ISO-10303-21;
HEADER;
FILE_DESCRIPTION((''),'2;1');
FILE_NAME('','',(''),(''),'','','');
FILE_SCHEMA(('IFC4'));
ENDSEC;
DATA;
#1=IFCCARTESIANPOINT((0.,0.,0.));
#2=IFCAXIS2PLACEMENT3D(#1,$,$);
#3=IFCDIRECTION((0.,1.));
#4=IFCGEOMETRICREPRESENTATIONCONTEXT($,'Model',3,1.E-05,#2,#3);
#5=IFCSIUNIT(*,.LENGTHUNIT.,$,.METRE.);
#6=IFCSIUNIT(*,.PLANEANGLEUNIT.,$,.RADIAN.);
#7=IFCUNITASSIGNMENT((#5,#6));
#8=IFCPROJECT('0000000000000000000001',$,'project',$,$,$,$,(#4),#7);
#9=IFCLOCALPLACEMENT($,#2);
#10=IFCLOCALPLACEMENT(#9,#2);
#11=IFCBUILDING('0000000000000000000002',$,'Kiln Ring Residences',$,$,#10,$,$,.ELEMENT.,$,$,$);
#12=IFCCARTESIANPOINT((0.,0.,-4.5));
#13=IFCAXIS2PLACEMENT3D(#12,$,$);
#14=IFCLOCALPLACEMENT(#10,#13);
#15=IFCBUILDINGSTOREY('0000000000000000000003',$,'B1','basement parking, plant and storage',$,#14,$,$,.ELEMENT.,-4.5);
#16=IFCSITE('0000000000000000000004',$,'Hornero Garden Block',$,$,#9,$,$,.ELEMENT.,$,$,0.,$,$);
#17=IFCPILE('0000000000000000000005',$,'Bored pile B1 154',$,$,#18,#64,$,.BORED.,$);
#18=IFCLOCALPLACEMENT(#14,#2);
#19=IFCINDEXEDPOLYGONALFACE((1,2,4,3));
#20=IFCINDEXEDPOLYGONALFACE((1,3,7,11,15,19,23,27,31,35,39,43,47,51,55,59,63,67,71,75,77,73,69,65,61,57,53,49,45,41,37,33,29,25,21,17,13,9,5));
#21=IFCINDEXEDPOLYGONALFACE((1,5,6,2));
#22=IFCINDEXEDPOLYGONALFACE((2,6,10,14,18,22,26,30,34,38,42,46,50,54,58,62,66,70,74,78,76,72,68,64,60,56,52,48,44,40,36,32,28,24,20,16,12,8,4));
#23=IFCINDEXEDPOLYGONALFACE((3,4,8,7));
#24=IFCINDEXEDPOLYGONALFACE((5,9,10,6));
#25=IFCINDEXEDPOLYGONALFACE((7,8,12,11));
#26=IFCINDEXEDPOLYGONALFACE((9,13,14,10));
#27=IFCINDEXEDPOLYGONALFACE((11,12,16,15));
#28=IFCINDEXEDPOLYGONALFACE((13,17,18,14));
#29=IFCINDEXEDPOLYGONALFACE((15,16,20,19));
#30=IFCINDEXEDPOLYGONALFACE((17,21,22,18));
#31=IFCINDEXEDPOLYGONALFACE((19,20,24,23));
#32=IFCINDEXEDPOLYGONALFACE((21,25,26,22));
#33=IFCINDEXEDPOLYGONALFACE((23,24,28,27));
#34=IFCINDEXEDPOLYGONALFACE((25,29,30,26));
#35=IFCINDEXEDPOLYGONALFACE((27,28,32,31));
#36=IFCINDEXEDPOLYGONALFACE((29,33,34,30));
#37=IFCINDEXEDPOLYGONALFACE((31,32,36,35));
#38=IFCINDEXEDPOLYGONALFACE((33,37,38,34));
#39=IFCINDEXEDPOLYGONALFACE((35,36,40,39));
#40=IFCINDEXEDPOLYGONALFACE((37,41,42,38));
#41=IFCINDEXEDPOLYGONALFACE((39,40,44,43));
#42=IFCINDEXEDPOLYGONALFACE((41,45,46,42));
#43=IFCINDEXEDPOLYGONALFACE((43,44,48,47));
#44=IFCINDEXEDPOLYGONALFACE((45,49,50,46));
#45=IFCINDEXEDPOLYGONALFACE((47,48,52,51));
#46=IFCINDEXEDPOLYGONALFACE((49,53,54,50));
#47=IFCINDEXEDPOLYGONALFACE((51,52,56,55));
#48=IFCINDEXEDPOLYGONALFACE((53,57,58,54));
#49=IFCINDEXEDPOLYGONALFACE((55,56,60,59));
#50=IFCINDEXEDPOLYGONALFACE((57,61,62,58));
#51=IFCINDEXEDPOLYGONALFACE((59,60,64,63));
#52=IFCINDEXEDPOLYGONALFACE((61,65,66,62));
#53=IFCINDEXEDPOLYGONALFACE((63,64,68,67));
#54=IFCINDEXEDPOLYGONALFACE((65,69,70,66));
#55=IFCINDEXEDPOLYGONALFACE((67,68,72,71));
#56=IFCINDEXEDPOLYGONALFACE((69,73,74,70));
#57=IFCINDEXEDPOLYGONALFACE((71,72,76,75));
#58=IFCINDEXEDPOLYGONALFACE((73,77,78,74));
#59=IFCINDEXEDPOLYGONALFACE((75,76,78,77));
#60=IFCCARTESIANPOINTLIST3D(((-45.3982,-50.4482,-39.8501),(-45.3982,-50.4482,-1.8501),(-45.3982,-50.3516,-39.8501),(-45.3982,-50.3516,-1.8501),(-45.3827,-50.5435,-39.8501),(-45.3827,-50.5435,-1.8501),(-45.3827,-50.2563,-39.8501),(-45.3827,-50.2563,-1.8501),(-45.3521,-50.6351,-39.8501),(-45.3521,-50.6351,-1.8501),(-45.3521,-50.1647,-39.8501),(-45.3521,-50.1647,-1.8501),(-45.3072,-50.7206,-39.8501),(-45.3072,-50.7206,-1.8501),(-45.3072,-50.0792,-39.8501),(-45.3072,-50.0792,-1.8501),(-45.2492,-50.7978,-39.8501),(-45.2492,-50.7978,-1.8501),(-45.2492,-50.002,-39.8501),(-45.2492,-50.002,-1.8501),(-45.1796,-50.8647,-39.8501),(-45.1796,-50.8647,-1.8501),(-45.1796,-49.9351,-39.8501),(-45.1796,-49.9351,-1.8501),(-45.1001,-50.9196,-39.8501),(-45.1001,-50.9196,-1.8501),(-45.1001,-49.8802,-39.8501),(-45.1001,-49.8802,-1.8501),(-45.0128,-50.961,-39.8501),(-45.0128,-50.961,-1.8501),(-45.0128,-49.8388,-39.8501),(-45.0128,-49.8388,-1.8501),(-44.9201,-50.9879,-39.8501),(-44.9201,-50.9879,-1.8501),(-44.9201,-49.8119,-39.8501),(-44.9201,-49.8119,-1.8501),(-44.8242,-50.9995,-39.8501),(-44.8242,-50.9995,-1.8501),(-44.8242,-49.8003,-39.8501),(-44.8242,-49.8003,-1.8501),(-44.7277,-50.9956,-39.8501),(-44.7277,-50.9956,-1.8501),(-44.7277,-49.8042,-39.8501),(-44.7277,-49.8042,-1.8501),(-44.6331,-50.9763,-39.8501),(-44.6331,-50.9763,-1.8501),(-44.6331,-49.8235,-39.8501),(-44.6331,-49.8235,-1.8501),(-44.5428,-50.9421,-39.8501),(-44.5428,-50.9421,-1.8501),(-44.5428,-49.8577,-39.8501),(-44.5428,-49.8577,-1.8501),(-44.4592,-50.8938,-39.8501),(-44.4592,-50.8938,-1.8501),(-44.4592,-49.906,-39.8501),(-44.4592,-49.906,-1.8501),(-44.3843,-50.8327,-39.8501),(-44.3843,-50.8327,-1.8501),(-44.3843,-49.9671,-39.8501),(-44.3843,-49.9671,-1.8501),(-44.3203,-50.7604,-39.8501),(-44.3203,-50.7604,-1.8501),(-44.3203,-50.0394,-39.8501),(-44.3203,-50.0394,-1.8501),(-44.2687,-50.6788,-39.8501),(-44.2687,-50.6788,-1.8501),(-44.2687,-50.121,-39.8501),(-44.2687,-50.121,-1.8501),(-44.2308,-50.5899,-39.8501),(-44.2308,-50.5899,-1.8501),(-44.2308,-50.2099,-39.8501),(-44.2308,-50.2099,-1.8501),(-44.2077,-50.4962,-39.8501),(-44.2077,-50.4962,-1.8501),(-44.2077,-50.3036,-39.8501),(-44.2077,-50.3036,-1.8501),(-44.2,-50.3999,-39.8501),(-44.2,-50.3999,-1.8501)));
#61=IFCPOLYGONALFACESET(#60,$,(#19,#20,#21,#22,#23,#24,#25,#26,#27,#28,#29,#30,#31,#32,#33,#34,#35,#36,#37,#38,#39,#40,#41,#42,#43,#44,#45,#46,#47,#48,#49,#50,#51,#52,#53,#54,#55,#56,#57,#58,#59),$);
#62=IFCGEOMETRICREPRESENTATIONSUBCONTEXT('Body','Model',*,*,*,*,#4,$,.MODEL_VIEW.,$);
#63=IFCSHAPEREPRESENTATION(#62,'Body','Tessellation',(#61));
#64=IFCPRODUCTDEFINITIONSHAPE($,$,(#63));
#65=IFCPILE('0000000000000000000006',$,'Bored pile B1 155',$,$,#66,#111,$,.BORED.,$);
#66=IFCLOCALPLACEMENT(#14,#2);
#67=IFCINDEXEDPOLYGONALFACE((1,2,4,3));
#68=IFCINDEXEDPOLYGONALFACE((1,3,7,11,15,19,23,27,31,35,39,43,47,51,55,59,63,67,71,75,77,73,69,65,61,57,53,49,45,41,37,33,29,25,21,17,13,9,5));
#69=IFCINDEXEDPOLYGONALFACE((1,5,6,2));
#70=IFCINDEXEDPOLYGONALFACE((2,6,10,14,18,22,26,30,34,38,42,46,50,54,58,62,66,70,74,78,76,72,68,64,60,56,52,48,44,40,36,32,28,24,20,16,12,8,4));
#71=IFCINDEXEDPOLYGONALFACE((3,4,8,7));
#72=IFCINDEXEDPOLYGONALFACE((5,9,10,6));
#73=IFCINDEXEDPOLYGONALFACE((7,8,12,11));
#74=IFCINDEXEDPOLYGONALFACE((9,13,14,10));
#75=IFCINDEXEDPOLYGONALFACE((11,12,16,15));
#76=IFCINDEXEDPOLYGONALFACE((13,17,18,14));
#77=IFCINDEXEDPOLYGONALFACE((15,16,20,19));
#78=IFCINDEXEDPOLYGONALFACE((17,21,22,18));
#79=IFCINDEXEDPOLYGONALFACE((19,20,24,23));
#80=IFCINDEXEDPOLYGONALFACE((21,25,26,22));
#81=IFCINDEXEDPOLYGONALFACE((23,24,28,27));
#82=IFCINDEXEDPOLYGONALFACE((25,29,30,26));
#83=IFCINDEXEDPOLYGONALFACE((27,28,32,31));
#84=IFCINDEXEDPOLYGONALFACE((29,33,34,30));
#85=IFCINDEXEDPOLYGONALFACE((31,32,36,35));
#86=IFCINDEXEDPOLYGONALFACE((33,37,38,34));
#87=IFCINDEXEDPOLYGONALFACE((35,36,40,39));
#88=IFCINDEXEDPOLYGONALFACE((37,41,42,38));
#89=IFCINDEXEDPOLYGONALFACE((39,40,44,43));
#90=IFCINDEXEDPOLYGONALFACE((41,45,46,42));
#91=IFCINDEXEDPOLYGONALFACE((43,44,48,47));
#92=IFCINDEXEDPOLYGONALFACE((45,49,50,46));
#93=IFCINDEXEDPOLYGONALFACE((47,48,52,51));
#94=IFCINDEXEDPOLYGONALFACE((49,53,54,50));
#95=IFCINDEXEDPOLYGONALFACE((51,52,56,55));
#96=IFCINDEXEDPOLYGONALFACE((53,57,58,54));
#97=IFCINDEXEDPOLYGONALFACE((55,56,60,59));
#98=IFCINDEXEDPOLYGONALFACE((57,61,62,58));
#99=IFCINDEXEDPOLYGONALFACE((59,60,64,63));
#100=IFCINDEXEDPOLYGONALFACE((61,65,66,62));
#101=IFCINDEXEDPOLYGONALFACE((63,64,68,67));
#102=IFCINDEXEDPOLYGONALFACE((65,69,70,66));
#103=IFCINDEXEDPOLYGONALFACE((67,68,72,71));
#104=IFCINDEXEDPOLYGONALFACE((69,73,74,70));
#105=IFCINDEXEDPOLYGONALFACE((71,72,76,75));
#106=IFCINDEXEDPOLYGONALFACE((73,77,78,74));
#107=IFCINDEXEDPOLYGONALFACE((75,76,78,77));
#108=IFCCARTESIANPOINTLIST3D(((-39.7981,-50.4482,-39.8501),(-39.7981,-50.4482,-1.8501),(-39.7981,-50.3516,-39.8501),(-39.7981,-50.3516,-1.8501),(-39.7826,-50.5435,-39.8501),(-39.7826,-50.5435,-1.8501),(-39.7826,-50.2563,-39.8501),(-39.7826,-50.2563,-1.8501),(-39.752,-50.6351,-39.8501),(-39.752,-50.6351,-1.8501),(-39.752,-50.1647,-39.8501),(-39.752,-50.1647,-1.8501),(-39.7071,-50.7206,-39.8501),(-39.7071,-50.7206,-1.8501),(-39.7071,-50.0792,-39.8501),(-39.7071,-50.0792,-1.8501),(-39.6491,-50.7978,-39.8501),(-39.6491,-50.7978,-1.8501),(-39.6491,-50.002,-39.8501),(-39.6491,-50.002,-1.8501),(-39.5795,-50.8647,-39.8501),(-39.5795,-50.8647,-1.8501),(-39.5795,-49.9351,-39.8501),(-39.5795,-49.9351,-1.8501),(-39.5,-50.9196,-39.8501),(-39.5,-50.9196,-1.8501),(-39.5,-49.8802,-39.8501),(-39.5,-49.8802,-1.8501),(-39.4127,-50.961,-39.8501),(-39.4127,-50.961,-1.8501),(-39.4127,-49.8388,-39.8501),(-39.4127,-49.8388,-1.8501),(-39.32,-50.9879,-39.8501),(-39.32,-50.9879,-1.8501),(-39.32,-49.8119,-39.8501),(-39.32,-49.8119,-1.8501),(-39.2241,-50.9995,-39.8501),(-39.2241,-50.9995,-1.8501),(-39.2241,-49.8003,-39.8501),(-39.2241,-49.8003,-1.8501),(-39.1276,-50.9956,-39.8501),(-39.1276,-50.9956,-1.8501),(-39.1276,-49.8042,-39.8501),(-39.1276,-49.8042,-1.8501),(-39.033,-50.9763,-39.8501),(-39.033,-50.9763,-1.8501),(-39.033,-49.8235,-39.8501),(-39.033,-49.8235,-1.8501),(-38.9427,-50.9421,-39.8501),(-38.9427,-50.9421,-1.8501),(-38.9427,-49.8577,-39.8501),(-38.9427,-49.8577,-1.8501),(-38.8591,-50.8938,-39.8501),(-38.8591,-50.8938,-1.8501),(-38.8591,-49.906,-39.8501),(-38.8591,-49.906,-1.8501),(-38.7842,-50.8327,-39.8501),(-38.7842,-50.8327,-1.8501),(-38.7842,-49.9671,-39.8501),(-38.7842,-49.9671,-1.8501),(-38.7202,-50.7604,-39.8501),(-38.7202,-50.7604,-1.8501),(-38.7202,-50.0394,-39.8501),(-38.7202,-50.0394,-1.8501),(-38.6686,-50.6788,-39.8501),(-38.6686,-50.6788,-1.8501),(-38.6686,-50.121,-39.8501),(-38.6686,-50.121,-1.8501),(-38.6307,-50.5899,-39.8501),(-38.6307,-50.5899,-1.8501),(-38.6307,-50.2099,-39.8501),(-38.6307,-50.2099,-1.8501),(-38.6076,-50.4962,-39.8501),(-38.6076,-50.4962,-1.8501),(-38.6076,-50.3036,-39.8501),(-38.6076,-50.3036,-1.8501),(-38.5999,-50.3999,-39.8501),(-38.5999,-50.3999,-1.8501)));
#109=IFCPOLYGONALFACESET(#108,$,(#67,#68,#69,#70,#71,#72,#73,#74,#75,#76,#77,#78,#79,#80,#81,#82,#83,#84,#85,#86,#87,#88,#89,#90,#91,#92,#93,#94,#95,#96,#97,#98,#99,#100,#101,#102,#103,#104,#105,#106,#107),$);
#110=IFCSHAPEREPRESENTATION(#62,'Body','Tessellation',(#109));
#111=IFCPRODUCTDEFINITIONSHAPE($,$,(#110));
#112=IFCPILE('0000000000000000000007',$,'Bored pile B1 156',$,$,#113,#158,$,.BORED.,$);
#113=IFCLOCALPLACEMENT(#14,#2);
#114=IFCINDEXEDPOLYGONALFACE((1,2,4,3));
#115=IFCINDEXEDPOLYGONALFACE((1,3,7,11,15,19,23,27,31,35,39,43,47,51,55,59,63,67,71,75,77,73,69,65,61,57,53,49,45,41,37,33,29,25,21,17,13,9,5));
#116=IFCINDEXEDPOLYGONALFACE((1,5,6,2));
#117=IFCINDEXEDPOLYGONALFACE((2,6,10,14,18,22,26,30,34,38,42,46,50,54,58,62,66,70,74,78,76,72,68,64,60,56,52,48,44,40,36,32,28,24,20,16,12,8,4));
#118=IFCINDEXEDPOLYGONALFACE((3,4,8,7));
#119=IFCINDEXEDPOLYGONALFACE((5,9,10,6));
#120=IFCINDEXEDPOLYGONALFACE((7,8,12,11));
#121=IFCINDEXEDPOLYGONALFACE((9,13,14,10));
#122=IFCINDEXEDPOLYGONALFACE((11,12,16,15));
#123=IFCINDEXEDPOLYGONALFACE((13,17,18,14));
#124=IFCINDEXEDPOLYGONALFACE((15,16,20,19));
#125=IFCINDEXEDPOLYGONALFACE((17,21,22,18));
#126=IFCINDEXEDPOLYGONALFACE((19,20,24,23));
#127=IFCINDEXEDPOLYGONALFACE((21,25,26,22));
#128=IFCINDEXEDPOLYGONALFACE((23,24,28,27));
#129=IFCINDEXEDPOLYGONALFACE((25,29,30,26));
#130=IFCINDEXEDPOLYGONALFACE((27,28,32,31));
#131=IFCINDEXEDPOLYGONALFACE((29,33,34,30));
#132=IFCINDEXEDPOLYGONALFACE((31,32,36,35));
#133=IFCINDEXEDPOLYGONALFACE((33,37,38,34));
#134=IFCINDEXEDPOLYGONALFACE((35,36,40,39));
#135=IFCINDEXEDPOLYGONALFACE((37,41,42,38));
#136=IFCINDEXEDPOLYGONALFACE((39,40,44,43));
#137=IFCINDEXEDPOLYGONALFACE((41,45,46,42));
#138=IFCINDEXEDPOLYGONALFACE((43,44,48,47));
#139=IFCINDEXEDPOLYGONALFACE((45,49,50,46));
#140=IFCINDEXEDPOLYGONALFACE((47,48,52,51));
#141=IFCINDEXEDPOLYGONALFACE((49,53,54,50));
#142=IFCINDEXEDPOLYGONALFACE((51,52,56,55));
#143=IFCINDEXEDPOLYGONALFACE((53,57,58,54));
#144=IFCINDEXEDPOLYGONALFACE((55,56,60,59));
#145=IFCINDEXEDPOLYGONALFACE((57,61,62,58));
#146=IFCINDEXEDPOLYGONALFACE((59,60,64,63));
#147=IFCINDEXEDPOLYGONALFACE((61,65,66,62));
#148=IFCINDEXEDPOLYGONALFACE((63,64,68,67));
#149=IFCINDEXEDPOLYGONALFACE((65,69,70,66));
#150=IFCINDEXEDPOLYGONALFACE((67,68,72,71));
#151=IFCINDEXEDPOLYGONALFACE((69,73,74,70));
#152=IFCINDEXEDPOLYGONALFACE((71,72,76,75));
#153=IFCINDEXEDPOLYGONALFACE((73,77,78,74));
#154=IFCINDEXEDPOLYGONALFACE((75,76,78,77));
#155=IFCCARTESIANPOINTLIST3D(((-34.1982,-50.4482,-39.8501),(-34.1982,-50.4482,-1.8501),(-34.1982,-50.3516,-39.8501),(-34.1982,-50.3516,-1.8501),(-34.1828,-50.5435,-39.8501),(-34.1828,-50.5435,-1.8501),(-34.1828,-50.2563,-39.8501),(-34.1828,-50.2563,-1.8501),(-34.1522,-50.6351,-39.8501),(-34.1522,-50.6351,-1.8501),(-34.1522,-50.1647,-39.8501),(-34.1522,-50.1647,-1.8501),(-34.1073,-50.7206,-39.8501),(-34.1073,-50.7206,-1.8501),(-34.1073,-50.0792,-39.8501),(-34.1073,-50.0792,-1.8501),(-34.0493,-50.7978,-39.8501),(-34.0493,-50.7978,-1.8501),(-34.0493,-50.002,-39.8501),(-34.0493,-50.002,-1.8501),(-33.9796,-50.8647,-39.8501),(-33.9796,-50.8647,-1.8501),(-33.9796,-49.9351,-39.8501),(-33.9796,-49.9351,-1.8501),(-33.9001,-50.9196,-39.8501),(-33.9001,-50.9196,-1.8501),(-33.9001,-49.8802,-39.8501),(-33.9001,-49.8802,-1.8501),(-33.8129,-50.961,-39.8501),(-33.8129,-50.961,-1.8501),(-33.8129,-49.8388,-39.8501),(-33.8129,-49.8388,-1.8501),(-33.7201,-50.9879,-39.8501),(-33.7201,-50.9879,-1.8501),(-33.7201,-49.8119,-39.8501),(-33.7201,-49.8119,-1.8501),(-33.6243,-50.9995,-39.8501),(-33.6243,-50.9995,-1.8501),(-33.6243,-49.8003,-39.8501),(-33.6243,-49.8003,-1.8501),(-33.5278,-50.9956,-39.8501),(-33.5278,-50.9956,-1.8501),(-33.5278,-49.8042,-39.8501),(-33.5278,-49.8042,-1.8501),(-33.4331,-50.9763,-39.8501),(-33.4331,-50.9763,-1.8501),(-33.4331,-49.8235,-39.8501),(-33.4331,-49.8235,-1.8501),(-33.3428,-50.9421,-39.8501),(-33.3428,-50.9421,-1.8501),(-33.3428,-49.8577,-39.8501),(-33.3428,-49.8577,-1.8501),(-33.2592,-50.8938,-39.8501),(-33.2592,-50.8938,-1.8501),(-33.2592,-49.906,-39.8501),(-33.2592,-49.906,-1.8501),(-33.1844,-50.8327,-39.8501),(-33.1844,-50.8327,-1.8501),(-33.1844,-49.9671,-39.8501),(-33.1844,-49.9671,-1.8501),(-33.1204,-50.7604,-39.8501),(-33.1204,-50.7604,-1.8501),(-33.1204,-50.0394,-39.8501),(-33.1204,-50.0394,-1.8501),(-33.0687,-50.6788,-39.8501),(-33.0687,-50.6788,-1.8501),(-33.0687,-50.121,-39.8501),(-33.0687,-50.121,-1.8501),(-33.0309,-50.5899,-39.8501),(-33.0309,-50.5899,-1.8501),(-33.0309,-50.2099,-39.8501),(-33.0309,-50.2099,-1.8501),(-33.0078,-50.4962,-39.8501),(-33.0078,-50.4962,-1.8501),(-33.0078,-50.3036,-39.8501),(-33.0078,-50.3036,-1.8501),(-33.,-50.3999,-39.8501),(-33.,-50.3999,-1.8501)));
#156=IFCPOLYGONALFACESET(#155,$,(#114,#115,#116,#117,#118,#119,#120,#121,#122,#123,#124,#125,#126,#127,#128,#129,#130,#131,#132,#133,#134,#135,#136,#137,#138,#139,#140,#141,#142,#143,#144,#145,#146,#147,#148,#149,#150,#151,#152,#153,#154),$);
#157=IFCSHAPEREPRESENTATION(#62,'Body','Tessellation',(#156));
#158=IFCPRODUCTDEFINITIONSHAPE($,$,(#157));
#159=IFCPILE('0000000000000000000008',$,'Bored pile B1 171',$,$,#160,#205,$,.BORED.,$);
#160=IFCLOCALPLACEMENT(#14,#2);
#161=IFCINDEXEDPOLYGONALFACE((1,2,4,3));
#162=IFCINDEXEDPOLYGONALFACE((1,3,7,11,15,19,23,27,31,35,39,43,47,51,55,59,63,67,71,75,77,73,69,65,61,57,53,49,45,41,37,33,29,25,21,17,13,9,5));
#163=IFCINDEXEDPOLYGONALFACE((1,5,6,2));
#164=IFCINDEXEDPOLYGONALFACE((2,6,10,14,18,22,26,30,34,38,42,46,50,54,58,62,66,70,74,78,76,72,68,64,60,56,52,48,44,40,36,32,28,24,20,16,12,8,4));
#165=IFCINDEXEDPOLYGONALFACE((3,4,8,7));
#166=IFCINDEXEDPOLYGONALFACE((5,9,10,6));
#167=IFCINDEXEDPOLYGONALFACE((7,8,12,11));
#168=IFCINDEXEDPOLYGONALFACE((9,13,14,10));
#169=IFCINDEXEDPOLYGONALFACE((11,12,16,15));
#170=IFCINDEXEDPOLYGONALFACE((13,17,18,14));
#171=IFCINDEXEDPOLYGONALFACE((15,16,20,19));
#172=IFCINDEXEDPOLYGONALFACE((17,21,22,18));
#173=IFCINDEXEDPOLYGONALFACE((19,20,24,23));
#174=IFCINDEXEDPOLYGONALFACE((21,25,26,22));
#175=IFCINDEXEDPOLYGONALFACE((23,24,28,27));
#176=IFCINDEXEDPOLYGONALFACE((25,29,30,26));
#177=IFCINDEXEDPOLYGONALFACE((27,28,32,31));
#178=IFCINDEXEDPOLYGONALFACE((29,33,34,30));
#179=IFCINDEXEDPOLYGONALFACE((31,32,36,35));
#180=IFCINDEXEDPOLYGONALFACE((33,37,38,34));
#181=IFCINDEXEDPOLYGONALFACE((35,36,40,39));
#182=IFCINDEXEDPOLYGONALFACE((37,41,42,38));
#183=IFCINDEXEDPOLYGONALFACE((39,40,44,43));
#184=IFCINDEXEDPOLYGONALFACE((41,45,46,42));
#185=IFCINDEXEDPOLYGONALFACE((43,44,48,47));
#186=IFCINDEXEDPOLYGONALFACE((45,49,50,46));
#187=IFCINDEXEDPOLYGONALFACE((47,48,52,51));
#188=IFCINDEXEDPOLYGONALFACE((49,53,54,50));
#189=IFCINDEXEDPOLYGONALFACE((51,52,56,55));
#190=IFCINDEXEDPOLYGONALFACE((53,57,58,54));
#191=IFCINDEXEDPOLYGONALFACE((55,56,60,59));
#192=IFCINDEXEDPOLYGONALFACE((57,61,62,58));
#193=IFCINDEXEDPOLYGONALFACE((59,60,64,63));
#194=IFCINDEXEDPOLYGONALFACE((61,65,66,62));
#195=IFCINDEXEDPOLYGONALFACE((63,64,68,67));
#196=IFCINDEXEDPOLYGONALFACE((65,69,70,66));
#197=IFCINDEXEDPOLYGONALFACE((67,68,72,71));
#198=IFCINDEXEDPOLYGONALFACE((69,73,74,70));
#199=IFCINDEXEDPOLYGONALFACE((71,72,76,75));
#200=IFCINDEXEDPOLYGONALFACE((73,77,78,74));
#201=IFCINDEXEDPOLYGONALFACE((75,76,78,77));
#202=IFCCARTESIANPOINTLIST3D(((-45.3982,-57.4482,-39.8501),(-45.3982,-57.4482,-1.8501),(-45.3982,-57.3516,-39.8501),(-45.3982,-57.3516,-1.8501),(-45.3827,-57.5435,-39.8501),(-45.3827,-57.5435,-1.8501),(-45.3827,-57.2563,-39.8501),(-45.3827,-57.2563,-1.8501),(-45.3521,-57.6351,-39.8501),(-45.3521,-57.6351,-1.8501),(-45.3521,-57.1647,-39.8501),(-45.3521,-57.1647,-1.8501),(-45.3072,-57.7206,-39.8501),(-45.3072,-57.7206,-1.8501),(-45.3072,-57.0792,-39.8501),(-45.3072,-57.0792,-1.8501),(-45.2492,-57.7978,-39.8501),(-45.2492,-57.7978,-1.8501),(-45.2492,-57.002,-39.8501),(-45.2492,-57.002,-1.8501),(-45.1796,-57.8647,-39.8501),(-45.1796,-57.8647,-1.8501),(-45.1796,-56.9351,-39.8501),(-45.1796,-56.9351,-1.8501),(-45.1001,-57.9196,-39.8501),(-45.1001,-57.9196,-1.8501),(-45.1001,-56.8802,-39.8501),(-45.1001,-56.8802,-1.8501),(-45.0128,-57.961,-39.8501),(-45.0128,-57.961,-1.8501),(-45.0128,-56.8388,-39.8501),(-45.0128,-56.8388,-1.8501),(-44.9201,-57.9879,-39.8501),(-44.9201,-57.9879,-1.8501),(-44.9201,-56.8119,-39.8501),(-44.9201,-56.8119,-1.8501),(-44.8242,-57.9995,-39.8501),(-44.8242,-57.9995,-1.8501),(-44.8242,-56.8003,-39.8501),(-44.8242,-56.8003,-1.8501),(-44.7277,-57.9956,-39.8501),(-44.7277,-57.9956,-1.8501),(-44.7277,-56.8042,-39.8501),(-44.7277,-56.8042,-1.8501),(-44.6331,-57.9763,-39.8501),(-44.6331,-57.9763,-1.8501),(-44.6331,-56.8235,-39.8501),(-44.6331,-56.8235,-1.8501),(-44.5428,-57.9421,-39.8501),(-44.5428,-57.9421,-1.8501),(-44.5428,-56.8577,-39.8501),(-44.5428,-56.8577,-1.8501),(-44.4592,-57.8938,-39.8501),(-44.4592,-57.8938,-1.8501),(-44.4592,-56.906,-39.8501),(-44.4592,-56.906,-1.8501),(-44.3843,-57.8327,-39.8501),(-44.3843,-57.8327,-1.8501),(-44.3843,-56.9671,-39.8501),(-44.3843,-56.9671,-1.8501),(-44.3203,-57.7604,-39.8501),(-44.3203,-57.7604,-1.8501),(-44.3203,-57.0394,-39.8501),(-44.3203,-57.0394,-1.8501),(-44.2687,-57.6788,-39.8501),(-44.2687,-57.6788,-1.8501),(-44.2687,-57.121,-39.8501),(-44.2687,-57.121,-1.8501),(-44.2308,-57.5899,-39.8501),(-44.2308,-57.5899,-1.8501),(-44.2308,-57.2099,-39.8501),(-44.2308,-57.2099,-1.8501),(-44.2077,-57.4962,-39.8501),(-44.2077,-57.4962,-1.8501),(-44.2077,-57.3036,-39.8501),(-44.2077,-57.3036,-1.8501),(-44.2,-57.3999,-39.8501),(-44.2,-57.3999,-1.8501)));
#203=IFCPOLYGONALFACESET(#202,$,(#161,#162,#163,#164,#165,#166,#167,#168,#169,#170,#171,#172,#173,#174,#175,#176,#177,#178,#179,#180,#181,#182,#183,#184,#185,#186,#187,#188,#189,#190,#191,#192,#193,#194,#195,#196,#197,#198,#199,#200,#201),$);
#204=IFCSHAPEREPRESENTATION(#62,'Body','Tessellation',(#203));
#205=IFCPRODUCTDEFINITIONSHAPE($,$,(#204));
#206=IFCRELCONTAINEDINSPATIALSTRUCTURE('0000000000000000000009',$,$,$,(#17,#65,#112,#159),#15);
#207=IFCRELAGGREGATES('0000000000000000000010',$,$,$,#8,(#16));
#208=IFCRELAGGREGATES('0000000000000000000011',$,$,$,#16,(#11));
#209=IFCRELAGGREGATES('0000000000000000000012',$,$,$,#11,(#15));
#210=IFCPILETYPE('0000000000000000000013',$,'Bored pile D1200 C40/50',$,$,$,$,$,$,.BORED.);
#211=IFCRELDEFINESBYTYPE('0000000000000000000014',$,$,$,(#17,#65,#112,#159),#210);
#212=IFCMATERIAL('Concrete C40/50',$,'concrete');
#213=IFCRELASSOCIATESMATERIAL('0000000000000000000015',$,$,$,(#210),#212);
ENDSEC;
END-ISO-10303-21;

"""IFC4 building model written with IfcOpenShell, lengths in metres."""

from ifc_helpers import new_model, si_unit, direction, frame, origin, origin_2d, place, context, subcontext, project, spatial, circle, extrude, material, material_profile, profile_set, type_object, element, save


model = new_model("IFC4")

# Units and contexts
model_context = context("Model", 3, precision=1e-05, world=origin(), true_north=direction((0.0, 1.0)))
body_context = subcontext(model_context, "Body", "Model", "MODEL_VIEW")
ifc_project = project(units=[si_unit("LENGTHUNIT", "METRE"), si_unit("PLANEANGLEUNIT", "RADIAN")], contexts=[model_context])

# Site, building, storey
site_placement = place(None, origin())
site = spatial("IfcSite", under=ifc_project, at=site_placement, Name="Hornero Garden Block", CompositionType="ELEMENT", RefElevation=0.0)
building_placement = place(site_placement, origin())
building = spatial("IfcBuilding", under=site, at=building_placement, Name="Kiln Ring Residences", CompositionType="ELEMENT")
storey_placement = place(building_placement, frame((0.0, 0.0, -4.5)))
storey = spatial("IfcBuildingStorey", under=building, at=storey_placement, Name="B1", Description="basement parking, plant and storage", CompositionType="ELEMENT", Elevation=-4.5)

# Piles
ifc_material_1 = material(Name="Concrete C40/50", Category="concrete")
ifc_material_profile_1 = material_profile(ifc_material_1, circle(Radius=0.6001, at=origin_2d()), Name="BORED1200")
ifc_profile_set_1 = profile_set([ifc_material_profile_1], Name="Concrete C40/50")
pile_type = type_object("IfcPileType", Name="Bored pile D1200 C40/50", PredefinedType="BORED", material=ifc_profile_set_1)
for number, where, z_axis, x_axis, name in (
    (1, (-44.8, -50.3999, -1.8501), (0.0, 0.0, -1.0), (1.0, 0.0, 0.0), "Bored pile B1 154"),
    (2, (-39.2, -50.3999, -1.8501), (0.0, 0.0, -1.0), (1.0, 0.0, 0.0), "Bored pile B1 155"),
    (3, (-33.6001, -50.3999, -1.8501), (0.0, 0.0, -1.0), (1.0, 0.0, 0.0), "Bored pile B1 156"),
    (4, (-44.8, -57.3999, -1.8501), (0.0, 0.0, -1.0), (1.0, 0.0, 0.0), "Bored pile B1 171"),
):
    element("IfcPile", number, at=place(storey_placement, frame(where, z_axis=z_axis, x_axis=x_axis)), inside=storey, type_object=pile_type, Name=name, PredefinedType="BORED", context=body_context, shape_type="SweptSolid", body=[
        extrude(circle(Radius=0.6001, at=origin_2d()), origin(), (0.0, 0.0, 1.0), 38.0),
    ])

save(model, "model.ifc")
